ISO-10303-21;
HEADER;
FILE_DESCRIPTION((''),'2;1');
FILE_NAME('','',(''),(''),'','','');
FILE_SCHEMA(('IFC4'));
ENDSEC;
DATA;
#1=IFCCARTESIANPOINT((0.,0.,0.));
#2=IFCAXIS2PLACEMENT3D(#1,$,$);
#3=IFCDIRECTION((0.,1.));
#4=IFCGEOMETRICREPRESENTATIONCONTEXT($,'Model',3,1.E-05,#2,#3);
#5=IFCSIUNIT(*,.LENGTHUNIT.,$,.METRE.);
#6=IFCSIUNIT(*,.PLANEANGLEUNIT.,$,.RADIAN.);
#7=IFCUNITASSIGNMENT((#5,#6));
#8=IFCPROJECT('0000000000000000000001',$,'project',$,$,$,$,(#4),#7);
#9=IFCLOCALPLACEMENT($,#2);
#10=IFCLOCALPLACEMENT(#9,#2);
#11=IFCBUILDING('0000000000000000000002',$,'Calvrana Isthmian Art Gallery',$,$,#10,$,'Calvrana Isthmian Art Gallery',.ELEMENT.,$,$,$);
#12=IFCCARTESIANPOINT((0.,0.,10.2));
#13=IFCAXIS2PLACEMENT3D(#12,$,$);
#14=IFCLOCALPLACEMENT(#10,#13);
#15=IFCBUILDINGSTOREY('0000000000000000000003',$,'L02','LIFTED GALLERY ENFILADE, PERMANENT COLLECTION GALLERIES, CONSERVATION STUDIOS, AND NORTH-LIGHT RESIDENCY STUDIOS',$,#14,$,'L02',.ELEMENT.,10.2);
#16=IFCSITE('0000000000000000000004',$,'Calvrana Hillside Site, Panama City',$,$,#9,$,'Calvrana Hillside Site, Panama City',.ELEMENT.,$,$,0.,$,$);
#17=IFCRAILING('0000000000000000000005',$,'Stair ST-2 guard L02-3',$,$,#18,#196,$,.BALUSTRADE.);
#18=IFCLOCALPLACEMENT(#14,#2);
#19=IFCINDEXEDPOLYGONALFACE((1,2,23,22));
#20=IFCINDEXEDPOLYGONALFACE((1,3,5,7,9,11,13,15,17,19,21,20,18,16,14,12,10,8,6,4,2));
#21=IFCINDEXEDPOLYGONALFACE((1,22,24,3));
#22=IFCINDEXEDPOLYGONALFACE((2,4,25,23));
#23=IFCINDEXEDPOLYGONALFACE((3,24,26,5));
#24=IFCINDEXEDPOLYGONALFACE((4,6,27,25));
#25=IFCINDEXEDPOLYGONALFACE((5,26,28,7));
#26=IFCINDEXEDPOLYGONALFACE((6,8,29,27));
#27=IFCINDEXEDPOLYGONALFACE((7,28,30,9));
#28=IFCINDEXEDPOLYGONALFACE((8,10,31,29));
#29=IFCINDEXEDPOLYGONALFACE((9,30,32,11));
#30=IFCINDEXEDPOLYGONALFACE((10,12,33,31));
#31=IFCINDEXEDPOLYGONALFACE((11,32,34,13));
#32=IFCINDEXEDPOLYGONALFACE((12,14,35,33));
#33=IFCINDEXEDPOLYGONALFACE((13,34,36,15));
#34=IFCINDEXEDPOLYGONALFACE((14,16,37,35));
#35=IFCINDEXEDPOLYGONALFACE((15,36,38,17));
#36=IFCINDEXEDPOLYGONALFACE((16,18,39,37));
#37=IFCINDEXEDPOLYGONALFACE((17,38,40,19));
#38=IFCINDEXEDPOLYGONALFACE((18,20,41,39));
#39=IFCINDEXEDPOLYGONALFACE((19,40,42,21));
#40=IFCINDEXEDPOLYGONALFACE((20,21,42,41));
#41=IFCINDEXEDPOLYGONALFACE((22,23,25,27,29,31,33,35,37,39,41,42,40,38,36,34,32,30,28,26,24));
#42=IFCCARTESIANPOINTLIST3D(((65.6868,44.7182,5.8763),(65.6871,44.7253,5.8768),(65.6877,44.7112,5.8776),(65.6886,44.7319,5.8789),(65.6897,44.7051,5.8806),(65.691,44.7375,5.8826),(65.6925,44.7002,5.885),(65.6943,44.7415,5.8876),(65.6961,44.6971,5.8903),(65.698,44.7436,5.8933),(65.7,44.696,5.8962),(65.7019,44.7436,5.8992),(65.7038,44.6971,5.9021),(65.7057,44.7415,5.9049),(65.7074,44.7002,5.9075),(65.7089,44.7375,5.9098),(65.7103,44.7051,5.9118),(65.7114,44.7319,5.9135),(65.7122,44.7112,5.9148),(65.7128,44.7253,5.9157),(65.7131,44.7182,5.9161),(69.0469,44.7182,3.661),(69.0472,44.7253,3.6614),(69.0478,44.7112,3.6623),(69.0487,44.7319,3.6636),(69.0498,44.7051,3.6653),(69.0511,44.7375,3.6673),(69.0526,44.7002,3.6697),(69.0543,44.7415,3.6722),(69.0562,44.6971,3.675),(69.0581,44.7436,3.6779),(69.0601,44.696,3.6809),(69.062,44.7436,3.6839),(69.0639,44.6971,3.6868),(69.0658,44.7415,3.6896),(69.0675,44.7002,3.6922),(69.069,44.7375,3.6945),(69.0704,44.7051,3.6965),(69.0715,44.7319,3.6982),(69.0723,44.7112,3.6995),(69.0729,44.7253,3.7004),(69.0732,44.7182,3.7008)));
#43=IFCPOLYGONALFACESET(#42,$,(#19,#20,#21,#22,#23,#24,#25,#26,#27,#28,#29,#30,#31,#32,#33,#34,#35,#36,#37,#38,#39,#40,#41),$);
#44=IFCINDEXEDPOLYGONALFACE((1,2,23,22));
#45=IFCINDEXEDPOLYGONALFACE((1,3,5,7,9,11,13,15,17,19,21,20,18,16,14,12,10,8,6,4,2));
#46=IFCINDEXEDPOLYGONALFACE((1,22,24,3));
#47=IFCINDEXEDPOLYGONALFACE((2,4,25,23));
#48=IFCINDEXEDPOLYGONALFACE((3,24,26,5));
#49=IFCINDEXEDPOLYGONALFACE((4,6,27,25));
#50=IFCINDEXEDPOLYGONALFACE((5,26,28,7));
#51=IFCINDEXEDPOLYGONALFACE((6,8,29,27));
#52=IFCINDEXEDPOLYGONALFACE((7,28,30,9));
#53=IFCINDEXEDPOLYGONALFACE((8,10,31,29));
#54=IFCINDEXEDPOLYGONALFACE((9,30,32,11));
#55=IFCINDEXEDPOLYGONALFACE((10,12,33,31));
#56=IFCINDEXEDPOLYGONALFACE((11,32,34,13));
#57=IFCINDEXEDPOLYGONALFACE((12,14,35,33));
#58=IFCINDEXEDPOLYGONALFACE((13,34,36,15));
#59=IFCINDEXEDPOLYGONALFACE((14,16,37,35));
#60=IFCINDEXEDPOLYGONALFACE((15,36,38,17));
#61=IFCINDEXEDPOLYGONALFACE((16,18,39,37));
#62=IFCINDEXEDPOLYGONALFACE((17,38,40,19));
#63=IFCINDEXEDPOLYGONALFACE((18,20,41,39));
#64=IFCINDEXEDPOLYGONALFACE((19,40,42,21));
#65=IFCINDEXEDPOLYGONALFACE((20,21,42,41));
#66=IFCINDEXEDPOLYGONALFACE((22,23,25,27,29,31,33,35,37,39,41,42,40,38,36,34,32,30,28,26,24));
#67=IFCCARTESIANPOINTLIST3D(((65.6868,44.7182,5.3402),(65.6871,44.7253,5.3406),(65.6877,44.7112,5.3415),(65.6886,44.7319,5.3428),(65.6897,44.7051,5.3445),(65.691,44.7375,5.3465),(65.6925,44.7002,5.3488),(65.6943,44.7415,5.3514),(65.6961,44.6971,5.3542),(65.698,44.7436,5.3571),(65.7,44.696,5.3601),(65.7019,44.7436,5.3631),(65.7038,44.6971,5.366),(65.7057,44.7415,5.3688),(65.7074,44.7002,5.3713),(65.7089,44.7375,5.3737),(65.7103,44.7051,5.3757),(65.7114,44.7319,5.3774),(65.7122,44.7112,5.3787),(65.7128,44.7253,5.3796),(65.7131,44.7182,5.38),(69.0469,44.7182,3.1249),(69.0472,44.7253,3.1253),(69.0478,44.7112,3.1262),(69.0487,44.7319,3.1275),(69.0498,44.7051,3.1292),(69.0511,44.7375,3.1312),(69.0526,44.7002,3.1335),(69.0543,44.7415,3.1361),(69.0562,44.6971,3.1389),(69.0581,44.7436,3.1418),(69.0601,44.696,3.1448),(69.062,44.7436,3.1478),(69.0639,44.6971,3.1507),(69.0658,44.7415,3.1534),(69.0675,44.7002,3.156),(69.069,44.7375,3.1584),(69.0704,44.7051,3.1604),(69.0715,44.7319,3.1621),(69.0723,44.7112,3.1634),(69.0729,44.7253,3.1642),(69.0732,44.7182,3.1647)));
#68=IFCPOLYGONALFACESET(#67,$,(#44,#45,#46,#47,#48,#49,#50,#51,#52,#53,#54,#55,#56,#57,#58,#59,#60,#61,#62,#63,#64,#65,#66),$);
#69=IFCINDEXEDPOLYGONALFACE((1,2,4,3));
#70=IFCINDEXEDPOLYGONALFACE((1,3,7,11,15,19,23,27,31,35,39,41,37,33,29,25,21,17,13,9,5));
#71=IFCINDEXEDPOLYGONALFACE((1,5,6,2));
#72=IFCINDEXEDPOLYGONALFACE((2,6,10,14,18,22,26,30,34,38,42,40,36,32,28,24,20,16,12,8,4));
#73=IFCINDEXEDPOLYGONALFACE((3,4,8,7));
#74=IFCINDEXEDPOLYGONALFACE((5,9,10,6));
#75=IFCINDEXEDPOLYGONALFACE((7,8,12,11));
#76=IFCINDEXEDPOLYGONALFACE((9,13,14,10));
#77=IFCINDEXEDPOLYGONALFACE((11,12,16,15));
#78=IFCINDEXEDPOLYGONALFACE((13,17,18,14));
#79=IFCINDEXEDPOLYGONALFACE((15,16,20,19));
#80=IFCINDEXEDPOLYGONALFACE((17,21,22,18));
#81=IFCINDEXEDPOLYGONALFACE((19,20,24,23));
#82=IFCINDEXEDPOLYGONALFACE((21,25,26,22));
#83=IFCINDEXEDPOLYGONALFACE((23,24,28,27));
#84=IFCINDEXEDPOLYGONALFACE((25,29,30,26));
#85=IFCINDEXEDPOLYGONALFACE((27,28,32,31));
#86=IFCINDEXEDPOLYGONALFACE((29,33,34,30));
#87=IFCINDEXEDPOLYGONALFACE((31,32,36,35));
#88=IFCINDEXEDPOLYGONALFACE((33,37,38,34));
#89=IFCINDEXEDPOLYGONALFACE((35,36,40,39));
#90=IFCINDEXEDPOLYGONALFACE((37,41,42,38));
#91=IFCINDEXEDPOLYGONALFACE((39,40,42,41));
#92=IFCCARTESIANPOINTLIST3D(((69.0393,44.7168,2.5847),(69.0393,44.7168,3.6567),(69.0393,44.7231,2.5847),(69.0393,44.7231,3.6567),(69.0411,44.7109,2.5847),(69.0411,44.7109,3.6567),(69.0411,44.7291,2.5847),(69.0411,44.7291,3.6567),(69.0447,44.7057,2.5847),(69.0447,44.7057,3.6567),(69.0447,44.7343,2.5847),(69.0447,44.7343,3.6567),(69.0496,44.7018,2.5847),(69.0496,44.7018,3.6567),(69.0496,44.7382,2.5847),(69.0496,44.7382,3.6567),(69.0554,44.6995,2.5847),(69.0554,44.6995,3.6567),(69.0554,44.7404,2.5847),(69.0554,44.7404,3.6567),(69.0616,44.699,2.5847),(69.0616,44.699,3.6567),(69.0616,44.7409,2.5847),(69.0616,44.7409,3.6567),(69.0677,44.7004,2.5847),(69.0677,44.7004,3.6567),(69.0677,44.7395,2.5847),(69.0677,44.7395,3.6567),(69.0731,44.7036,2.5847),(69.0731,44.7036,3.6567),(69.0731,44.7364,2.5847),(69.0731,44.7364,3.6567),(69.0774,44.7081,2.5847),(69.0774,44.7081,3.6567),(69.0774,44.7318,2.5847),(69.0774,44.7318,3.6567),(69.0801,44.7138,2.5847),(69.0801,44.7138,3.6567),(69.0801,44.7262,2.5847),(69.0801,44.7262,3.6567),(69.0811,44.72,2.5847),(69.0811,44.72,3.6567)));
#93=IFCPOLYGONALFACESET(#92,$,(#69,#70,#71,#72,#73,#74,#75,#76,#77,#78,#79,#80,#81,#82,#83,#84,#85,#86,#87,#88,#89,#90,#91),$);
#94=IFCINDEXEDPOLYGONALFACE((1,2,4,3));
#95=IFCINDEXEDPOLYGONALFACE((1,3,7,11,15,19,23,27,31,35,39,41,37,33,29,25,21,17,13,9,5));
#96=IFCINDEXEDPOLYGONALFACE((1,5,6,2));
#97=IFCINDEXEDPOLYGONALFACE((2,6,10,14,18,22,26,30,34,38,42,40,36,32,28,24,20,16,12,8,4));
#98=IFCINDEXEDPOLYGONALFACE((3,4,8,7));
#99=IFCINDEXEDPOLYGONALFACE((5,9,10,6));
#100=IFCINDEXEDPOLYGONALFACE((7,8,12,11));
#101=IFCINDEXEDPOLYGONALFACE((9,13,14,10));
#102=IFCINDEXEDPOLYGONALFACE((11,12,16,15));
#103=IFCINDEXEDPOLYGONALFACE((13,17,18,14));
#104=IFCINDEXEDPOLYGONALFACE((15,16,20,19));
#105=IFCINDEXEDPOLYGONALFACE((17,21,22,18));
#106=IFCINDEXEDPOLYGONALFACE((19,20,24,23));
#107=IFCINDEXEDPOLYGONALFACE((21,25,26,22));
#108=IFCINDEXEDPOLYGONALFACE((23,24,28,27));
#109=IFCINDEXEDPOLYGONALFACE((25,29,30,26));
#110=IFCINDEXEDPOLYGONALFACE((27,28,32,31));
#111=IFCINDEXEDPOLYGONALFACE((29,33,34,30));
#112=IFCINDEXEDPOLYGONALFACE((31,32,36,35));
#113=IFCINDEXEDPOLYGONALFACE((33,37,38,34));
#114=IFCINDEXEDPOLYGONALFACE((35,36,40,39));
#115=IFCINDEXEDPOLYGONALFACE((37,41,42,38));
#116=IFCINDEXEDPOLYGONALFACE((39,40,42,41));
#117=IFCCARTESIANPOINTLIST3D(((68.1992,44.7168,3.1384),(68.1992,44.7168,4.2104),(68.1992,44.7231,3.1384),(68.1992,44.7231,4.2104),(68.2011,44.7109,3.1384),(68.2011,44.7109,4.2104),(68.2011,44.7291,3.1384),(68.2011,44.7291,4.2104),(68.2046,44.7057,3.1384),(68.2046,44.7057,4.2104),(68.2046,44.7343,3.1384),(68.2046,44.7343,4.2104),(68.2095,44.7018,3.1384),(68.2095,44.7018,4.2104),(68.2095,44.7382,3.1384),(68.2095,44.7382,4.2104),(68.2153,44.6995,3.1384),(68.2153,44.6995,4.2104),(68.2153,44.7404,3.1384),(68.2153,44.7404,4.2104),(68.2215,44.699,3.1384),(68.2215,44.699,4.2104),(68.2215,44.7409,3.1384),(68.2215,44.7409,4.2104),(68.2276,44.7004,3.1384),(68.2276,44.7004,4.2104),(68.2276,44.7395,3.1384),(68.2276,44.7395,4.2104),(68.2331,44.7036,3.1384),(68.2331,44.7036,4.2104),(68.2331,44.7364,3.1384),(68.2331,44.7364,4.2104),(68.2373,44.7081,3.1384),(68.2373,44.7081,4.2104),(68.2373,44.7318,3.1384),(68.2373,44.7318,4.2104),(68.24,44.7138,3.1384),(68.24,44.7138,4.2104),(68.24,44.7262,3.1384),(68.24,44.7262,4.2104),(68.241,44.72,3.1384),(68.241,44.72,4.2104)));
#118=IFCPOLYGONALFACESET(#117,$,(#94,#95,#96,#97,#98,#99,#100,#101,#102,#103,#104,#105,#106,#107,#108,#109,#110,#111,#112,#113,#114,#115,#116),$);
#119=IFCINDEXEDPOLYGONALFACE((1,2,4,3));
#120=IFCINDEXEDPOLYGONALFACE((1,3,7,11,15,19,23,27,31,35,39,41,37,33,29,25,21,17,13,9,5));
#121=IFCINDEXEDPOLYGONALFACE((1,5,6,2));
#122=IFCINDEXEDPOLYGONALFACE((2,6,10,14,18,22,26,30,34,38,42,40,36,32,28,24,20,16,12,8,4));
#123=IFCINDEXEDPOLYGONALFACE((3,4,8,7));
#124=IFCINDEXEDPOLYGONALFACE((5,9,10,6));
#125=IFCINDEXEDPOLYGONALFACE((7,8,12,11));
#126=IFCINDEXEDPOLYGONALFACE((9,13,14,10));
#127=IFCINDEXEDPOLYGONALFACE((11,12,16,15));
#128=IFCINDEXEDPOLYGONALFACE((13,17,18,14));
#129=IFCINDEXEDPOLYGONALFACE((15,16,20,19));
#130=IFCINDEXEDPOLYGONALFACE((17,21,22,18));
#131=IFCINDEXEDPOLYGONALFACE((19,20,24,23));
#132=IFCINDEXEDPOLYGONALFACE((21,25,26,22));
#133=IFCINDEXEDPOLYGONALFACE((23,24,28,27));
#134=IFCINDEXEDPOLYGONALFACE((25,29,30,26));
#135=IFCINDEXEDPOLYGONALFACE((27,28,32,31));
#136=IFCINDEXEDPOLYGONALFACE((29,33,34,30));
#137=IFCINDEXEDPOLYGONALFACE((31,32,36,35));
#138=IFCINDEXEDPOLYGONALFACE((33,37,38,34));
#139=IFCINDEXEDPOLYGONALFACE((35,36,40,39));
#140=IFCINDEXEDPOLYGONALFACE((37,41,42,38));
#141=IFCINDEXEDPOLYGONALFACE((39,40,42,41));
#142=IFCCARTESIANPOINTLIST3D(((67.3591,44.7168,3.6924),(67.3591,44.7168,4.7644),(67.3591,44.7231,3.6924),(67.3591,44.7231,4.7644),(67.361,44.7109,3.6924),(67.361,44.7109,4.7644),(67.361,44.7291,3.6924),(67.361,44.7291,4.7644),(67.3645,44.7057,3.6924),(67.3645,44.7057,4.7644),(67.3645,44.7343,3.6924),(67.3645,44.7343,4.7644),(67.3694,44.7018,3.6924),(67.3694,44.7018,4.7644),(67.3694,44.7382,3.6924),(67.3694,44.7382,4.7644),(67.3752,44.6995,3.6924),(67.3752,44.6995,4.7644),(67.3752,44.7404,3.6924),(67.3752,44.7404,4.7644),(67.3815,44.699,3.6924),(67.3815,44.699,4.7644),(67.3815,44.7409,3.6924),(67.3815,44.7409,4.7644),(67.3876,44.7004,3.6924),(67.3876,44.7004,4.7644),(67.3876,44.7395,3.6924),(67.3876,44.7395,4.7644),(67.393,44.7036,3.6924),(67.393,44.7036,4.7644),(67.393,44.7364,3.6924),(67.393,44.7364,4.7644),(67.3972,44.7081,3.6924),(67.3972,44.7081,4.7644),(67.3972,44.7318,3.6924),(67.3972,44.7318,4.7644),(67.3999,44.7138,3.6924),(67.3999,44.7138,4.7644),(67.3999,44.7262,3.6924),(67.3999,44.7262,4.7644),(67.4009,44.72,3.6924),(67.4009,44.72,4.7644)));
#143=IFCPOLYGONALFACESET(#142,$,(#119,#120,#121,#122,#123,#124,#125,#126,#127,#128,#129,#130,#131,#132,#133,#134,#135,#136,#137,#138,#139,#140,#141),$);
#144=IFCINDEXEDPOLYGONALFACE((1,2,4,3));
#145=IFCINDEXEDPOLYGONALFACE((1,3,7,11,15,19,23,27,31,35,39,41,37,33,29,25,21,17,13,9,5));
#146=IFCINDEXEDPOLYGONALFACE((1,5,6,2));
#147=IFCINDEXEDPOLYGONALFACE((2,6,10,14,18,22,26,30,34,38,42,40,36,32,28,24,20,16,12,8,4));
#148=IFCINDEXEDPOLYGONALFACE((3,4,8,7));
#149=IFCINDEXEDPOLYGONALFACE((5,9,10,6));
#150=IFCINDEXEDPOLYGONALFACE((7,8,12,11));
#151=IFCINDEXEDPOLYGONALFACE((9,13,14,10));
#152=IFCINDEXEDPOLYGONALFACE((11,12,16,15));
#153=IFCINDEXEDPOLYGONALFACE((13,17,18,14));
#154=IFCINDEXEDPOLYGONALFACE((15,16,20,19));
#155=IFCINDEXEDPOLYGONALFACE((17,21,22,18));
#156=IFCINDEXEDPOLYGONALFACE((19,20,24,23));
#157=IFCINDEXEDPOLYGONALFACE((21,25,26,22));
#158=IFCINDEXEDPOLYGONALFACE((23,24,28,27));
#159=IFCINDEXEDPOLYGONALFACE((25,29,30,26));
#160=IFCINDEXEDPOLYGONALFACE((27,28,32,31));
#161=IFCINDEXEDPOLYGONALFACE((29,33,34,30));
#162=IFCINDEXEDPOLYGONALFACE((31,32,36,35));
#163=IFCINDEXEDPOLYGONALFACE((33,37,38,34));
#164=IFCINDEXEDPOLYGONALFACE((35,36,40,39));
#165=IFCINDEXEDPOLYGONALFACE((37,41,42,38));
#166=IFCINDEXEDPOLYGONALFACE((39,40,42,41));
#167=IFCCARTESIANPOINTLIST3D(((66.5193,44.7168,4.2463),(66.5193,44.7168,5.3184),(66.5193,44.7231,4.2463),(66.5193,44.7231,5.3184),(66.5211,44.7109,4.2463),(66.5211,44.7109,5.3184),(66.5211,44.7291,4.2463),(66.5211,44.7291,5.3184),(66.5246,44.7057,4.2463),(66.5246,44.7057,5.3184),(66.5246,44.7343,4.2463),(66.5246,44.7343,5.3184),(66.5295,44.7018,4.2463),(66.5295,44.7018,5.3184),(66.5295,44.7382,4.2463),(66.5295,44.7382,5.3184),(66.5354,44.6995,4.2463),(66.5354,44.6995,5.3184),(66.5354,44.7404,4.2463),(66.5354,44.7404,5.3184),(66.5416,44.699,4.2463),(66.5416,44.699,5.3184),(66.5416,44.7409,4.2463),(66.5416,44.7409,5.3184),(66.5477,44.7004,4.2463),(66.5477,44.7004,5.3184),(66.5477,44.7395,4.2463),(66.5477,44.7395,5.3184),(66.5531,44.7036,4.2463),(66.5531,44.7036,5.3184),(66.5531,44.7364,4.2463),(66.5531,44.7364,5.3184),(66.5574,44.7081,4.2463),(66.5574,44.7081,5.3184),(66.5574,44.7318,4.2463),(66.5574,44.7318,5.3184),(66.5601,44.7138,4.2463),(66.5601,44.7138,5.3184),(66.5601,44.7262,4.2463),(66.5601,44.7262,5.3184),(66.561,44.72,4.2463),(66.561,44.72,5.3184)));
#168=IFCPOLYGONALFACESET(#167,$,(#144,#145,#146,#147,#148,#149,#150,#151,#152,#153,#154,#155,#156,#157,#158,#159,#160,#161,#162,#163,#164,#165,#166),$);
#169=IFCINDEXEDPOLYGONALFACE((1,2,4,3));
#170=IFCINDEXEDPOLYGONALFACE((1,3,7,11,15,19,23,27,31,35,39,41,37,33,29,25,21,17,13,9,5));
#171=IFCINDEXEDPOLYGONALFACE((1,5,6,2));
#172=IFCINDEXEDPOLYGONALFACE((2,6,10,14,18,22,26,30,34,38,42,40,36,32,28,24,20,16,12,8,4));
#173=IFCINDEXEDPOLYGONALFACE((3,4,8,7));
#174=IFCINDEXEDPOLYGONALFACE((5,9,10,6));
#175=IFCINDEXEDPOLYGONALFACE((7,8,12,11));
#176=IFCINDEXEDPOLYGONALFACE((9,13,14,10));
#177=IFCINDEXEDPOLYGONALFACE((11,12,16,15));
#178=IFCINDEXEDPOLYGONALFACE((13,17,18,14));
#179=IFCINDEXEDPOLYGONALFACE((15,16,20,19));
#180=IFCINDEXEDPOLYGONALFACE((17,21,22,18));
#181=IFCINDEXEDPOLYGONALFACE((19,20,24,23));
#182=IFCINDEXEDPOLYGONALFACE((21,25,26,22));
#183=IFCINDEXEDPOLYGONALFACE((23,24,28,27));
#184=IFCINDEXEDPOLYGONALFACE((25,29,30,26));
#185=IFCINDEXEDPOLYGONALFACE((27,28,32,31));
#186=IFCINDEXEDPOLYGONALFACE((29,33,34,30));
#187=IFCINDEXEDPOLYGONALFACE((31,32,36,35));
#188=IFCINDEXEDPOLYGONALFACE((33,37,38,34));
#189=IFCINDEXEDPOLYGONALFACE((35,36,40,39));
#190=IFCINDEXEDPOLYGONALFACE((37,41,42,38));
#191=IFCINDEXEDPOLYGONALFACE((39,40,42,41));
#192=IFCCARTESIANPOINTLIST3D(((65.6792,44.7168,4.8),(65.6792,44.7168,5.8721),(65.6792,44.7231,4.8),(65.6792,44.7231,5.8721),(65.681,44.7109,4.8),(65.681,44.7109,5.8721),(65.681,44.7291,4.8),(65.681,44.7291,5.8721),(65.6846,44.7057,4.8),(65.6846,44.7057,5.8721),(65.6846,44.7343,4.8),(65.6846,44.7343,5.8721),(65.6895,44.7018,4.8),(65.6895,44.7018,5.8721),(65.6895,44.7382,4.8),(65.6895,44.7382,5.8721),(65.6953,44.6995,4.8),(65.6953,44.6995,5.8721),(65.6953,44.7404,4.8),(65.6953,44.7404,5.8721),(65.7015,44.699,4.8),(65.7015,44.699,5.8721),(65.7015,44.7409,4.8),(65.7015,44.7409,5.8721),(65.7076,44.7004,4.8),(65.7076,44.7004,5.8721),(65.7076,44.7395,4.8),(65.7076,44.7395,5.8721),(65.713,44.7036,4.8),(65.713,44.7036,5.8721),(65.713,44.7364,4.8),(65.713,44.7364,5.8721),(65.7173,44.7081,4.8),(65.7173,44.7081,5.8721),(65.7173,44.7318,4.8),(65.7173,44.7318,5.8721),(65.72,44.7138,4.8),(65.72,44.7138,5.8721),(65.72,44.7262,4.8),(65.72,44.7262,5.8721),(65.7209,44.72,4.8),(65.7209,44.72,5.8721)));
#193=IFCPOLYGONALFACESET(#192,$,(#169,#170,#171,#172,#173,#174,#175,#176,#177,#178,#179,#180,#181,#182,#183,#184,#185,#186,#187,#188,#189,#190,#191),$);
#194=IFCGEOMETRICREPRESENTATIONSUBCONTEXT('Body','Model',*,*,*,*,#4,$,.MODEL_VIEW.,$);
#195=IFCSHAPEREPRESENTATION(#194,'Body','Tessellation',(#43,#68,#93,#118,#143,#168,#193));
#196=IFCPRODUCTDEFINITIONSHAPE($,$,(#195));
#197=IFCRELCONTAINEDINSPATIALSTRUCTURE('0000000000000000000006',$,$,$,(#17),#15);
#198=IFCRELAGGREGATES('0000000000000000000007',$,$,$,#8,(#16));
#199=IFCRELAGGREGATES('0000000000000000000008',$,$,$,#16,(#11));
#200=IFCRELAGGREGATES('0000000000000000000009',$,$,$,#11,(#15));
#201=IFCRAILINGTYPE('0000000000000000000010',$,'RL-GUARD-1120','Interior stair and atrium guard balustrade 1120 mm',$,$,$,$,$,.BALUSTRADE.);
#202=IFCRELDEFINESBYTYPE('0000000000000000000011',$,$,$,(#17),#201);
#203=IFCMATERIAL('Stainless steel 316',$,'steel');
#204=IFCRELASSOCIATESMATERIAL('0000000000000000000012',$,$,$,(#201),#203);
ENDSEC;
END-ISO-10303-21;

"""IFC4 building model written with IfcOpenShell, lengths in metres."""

from ifc_helpers import new_model, si_unit, direction, frame, origin, origin_2d, place, context, subcontext, project, spatial, circle, extrude, material, type_object, element, save


model = new_model("IFC4")

# Units and contexts
model_context = context("Model", 3, precision=1e-05, world=origin(), true_north=direction((0.0, 1.0)))
body_context = subcontext(model_context, "Body", "Model", "MODEL_VIEW")
ifc_project = project(units=[si_unit("LENGTHUNIT", "METRE"), si_unit("PLANEANGLEUNIT", "RADIAN")], contexts=[model_context])

# Site, building, storey
site_placement = place(None, origin())
site = spatial("IfcSite", under=ifc_project, at=site_placement, Name="Calvrana Hillside Site, Panama City", LongName="Calvrana Hillside Site, Panama City", CompositionType="ELEMENT", RefElevation=0.0)
building_placement = place(site_placement, origin())
building = spatial("IfcBuilding", under=site, at=building_placement, Name="Calvrana Isthmian Art Gallery", LongName="Calvrana Isthmian Art Gallery", CompositionType="ELEMENT")
storey_placement = place(building_placement, frame((0.0, 0.0, 10.2)))
storey = spatial("IfcBuildingStorey", under=building, at=storey_placement, Name="L02", Description="LIFTED GALLERY ENFILADE, PERMANENT COLLECTION GALLERIES, CONSERVATION STUDIOS, AND NORTH-LIGHT RESIDENCY STUDIOS", LongName="L02", CompositionType="ELEMENT", Elevation=10.2)

# Shared definitions
ifc_material_1 = material(Name="Stainless steel 316", Category="steel")

# Railing
railing_type_1 = type_object("IfcRailingType", Name="RL-GUARD-1120", Description="Interior stair and atrium guard balustrade 1120 mm", PredefinedType="BALUSTRADE", material=ifc_material_1)
railing_1_placement = place(storey_placement, frame((69.0601, 44.72, 2.5847)))
element("IfcRailing", 1, at=railing_1_placement, inside=storey, type_object=railing_type_1, Name="Stair ST-2 guard L02-3", PredefinedType="BALUSTRADE", context=body_context, shape_type="SweptSolid", body=[
    extrude(circle(Radius=0.0239, at=origin_2d()), frame((0.0, 0.0, 1.0962), z_axis=(-0.834876, 0.0, 0.550437), x_axis=(0.0, -1.0, 0.0)), (0.0, 0.0, 1.0), 4.0247),
    extrude(circle(Radius=0.0239, at=origin_2d()), frame((0.0, 0.0, 0.5601), z_axis=(-0.834876, 0.0, 0.550437), x_axis=(0.0, -1.0, 0.0)), (0.0, 0.0, 1.0), 4.0247),
    extrude(circle(Radius=0.021, at=origin_2d()), origin(), (0.0, 0.0, 1.0), 1.072),
    extrude(circle(Radius=0.021, at=origin_2d()), frame((-0.8401, 0.0, 0.5537)), (0.0, 0.0, 1.0), 1.072),
    extrude(circle(Radius=0.021, at=origin_2d()), frame((-1.6802, 0.0, 1.1077)), (0.0, 0.0, 1.0), 1.072),
    extrude(circle(Radius=0.021, at=origin_2d()), frame((-2.52, 0.0, 1.6616)), (0.0, 0.0, 1.0), 1.072),
    extrude(circle(Radius=0.021, at=origin_2d()), frame((-3.3601, 0.0, 2.2153)), (0.0, 0.0, 1.0), 1.072),
])

save(model, "model.ifc")
